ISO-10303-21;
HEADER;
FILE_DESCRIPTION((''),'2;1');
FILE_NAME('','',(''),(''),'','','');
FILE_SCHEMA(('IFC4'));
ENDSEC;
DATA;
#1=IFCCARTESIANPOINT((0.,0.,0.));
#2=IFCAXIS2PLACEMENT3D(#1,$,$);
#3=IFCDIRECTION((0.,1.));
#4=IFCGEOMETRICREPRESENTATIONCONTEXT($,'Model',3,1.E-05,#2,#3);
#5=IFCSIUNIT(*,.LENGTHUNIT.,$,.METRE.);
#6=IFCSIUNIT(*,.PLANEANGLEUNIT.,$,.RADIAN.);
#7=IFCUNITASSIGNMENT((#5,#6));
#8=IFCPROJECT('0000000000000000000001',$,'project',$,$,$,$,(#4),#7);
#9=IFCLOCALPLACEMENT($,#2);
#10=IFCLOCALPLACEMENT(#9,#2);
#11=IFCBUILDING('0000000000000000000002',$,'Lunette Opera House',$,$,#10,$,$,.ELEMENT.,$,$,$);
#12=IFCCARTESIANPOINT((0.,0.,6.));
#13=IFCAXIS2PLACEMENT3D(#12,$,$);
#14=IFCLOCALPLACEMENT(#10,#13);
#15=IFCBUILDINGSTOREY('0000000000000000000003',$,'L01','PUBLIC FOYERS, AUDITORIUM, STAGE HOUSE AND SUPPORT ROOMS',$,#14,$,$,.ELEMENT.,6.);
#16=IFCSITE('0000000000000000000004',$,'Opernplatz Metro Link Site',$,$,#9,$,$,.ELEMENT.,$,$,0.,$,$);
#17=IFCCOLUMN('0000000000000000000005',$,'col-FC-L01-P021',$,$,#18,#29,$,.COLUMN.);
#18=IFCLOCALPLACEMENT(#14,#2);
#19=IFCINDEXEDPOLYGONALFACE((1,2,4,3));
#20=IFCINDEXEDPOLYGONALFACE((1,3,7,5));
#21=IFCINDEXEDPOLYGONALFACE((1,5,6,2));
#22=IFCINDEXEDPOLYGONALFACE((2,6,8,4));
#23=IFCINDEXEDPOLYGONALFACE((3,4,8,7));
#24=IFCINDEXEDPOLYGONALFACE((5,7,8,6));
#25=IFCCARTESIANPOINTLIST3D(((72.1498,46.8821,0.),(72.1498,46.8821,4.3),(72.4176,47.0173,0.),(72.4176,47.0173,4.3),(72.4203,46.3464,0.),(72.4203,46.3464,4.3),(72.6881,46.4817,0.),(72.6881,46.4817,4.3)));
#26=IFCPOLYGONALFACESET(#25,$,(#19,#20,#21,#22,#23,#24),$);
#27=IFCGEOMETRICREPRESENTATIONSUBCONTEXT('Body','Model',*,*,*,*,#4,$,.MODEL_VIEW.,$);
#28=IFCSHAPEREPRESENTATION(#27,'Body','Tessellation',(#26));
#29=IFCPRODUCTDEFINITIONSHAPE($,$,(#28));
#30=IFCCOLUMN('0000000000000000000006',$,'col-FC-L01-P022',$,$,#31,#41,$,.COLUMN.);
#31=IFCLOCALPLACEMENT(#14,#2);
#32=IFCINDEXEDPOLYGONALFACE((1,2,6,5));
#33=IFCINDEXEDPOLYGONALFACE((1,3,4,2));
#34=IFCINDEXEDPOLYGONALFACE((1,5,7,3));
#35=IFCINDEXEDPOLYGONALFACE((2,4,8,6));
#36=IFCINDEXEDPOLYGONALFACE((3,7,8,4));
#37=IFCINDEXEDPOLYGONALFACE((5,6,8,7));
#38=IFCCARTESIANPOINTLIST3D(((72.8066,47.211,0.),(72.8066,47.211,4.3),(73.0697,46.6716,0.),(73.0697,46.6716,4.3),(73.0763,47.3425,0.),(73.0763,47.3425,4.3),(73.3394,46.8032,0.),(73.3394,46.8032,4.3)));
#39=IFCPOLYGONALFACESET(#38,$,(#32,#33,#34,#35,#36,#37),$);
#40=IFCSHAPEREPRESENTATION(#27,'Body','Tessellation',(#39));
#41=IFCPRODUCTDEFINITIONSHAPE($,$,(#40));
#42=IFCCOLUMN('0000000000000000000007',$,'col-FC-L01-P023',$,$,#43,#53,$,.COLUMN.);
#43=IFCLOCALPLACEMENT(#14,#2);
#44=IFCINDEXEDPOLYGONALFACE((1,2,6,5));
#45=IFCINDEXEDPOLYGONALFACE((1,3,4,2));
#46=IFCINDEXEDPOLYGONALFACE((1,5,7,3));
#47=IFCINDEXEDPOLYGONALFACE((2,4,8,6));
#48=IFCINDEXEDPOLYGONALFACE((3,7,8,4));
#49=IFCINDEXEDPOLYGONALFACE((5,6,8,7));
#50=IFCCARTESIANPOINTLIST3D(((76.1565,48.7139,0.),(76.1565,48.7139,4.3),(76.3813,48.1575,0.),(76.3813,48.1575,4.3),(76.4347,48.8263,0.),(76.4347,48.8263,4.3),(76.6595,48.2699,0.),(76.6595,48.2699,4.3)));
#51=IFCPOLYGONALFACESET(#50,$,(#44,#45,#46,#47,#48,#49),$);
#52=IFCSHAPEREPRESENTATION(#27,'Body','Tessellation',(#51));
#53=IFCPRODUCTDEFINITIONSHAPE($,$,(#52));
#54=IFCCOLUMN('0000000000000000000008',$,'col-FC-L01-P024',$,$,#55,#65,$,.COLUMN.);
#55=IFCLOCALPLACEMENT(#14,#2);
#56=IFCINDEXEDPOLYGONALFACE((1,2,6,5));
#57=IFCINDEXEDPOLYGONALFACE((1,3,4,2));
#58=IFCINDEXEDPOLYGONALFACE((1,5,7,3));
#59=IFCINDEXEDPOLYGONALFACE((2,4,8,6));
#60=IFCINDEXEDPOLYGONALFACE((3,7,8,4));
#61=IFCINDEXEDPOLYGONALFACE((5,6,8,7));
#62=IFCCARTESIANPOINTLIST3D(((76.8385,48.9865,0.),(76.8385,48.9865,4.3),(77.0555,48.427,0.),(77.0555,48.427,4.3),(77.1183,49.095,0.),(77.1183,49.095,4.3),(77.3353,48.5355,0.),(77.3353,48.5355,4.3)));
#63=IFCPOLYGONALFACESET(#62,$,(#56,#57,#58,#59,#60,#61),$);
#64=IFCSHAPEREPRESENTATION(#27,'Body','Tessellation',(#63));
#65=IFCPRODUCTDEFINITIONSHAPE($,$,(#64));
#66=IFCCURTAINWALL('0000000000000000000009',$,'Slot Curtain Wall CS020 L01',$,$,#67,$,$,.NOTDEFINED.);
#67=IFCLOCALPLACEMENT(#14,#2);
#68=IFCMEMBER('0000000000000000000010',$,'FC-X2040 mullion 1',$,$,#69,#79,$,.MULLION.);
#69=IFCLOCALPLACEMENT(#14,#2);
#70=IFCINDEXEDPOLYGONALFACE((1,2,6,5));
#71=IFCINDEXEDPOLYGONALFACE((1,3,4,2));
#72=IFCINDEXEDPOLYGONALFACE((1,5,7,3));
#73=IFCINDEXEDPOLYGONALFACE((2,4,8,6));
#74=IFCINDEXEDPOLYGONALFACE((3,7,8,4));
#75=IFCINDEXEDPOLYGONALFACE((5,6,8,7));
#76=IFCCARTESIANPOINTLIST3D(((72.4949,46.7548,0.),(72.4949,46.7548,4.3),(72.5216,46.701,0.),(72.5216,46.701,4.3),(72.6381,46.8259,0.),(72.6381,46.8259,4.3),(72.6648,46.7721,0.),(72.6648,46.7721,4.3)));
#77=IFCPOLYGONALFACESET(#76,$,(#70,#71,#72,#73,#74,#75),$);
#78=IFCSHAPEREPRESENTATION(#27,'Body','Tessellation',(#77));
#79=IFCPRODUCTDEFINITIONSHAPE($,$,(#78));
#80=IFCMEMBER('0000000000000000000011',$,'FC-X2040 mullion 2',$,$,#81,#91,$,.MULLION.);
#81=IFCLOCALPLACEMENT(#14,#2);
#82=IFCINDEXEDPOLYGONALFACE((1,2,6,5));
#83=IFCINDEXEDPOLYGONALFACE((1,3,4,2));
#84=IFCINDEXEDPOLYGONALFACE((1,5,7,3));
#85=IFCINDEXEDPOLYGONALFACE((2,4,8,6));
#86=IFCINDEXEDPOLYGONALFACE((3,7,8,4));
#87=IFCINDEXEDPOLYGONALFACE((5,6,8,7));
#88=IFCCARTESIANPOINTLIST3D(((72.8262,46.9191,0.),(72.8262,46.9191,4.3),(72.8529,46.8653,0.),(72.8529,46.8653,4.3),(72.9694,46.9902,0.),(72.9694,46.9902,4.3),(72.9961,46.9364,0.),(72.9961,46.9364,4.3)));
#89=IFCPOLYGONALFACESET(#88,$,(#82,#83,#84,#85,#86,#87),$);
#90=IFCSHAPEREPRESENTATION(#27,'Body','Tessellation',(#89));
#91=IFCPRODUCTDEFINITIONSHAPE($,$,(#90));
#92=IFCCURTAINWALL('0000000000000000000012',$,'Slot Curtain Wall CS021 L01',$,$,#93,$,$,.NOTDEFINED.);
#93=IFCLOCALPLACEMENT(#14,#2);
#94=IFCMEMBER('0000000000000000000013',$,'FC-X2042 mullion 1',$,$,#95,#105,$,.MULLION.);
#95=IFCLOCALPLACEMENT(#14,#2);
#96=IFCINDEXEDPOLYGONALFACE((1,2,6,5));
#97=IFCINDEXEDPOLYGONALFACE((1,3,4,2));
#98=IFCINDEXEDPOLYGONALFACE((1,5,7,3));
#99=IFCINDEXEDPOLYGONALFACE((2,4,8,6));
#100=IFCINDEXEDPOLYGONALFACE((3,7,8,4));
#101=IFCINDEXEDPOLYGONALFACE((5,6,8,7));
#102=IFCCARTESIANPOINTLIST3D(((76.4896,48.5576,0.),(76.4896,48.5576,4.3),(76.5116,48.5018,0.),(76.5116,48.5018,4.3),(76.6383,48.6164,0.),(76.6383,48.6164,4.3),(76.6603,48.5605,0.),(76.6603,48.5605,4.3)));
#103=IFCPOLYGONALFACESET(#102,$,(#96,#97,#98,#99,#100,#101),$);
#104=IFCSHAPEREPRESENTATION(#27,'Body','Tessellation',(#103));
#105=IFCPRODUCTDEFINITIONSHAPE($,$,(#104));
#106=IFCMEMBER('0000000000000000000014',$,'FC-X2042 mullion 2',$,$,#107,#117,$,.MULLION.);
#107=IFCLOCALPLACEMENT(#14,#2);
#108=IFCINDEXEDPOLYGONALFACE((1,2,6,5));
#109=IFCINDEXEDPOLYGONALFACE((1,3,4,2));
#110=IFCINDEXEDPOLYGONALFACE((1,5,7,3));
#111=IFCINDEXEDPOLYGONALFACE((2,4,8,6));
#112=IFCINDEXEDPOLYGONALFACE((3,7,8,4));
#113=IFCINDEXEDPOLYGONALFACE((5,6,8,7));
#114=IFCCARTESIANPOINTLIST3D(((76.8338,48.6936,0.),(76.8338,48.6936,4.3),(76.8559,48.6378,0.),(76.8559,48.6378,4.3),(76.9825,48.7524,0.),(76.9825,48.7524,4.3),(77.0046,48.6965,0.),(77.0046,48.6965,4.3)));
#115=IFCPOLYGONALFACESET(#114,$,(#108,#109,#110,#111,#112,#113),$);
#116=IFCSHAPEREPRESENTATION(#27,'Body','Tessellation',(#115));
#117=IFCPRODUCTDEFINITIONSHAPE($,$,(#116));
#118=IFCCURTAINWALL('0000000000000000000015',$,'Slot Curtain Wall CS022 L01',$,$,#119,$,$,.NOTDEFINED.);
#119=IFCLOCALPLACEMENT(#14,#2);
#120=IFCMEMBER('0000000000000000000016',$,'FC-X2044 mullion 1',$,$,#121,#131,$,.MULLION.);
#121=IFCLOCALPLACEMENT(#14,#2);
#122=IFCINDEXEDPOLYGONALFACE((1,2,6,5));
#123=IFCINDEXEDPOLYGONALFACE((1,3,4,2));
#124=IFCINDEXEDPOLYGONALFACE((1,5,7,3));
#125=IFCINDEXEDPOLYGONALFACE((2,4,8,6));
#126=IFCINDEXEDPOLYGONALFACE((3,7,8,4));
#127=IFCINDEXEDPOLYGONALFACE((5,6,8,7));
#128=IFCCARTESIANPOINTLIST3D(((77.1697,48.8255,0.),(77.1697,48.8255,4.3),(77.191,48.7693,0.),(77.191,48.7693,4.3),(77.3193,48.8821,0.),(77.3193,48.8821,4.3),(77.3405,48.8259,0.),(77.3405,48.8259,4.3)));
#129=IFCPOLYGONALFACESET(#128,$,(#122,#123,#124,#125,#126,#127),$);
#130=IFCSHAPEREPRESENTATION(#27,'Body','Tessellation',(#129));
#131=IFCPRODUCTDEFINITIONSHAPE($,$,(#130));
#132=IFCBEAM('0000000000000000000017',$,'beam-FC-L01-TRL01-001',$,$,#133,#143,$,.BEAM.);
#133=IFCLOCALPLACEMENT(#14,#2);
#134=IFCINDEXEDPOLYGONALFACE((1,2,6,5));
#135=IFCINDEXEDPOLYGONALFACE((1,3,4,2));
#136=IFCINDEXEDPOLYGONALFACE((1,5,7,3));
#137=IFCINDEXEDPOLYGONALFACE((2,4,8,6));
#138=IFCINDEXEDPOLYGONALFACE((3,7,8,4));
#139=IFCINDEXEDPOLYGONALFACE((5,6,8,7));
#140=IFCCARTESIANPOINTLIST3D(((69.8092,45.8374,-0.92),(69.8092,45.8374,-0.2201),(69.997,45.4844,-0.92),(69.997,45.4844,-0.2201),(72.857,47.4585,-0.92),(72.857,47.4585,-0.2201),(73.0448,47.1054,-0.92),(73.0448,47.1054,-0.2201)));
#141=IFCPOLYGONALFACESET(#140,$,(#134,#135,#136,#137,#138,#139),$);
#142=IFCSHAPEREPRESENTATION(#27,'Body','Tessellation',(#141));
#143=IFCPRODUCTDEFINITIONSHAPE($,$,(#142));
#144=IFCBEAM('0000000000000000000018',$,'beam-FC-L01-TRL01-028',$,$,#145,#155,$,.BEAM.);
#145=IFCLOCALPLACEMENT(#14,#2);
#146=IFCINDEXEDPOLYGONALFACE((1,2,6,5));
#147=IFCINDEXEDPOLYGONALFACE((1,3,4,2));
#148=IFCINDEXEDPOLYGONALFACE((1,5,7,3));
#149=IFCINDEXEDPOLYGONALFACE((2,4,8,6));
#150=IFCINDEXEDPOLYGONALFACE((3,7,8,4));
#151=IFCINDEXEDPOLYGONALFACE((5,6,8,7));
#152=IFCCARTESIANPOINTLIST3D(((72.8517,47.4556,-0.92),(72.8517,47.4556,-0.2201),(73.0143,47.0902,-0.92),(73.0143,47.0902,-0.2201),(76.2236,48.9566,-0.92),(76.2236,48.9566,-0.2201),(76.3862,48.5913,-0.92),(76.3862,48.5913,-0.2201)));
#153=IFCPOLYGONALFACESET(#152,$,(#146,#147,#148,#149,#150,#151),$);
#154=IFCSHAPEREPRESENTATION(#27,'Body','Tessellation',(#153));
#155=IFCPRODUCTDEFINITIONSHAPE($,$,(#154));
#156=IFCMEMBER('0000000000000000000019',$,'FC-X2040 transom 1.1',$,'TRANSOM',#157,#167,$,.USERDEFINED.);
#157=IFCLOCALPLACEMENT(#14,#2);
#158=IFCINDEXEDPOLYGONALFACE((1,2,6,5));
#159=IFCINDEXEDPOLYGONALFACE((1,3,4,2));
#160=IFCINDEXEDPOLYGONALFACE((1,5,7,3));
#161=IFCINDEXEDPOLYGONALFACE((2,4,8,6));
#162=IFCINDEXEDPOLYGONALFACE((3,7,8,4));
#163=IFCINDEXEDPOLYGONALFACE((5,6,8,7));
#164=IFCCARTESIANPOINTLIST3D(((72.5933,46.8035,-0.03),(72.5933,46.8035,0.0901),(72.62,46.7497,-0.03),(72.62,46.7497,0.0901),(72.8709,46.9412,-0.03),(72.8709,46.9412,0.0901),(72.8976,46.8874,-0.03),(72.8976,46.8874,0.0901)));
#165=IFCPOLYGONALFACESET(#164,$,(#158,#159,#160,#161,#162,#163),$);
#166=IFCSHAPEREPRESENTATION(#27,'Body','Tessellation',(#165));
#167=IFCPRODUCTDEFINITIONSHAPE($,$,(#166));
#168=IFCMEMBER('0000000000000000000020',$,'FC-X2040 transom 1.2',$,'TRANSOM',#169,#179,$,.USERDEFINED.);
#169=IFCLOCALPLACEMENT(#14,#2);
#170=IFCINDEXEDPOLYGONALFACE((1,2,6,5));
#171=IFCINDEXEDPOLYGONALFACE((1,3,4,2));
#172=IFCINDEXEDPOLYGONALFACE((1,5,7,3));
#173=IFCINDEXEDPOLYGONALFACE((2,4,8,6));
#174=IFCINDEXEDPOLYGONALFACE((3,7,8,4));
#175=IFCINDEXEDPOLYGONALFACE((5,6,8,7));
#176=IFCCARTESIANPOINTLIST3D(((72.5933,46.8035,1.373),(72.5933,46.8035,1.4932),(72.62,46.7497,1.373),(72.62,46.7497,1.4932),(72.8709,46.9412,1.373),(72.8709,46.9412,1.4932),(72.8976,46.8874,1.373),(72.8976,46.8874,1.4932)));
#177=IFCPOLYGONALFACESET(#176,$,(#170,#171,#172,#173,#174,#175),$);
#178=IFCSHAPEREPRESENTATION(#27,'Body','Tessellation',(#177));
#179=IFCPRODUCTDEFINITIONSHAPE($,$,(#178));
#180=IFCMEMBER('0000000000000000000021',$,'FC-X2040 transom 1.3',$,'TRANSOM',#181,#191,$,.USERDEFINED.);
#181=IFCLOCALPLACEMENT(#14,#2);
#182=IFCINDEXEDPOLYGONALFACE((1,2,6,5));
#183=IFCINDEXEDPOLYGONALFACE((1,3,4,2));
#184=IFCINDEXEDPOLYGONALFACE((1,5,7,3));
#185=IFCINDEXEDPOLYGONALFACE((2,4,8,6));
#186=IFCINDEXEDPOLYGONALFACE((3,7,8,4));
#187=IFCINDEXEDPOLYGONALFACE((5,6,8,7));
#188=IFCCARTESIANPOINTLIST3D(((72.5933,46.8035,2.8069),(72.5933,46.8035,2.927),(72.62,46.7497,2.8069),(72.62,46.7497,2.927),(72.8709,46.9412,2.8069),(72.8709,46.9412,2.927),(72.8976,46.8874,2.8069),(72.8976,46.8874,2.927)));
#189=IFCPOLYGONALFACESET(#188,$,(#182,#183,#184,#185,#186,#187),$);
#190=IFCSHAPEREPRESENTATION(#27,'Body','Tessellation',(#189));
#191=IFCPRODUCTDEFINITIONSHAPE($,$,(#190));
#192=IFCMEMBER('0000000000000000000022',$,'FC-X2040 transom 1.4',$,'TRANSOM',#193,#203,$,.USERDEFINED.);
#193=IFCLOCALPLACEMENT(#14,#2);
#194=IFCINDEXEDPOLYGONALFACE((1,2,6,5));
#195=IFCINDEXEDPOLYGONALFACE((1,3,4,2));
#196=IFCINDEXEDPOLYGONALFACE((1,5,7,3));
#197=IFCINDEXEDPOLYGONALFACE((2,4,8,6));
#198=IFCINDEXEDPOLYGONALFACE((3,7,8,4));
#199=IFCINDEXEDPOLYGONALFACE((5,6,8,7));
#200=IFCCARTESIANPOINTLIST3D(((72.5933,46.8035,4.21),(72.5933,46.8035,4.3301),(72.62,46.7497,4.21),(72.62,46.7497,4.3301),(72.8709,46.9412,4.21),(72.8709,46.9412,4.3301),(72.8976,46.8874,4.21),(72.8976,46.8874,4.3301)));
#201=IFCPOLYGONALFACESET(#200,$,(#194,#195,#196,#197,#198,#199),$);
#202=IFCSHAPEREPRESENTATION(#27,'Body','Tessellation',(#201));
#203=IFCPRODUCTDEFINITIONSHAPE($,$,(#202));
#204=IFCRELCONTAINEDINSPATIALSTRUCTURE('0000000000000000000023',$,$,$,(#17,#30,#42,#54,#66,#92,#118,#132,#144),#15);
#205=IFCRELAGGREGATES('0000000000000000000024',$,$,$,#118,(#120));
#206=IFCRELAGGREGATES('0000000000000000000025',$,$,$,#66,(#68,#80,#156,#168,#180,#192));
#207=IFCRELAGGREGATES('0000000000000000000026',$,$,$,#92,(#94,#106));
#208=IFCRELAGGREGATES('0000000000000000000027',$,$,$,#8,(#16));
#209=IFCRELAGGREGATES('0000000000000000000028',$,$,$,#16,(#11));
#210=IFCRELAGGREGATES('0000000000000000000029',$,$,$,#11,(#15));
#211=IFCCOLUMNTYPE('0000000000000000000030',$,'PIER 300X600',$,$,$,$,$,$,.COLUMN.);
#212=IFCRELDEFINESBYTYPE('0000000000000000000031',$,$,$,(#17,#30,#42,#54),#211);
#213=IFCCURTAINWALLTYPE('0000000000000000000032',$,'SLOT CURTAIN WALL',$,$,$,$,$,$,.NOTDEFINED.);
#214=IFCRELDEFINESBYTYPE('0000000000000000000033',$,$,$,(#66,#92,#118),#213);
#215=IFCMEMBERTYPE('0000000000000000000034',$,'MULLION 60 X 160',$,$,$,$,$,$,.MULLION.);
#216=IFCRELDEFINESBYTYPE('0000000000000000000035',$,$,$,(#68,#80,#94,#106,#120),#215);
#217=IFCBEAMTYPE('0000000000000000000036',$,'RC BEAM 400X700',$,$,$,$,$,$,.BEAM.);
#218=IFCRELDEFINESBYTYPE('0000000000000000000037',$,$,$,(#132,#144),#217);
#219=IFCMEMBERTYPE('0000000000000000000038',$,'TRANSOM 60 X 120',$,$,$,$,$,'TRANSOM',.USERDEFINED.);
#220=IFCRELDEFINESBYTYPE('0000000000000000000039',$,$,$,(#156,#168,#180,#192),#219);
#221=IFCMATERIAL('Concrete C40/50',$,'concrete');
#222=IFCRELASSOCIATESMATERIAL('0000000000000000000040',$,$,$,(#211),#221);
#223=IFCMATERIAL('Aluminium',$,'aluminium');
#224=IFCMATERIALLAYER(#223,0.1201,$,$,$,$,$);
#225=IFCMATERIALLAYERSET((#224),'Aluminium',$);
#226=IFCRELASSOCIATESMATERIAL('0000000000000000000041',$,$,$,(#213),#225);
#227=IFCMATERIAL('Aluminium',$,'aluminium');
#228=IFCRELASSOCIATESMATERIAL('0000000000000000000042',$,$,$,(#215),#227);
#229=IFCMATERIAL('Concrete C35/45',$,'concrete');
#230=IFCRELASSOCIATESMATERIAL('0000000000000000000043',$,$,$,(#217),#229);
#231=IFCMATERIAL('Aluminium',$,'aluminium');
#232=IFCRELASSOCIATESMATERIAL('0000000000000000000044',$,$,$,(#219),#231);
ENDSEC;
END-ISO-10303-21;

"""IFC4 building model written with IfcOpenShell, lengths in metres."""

from ifc_helpers import new_model, si_unit, direction, frame, origin, origin_2d, place, context, subcontext, project, spatial, rectangle, extrude, material, layer, layer_set, material_profile, profile_set, type_object, element, aggregate, save


model = new_model("IFC4")

# Units and contexts
model_context = context("Model", 3, precision=1e-05, world=origin(), true_north=direction((0.0, 1.0)))
body_context = subcontext(model_context, "Body", "Model", "MODEL_VIEW")
ifc_project = project(units=[si_unit("LENGTHUNIT", "METRE"), si_unit("PLANEANGLEUNIT", "RADIAN")], contexts=[model_context])

# Site, building, storey
site_placement = place(None, origin())
site = spatial("IfcSite", under=ifc_project, at=site_placement, Name="Opernplatz Metro Link Site", CompositionType="ELEMENT", RefElevation=0.0)
building_placement = place(site_placement, origin())
building = spatial("IfcBuilding", under=site, at=building_placement, Name="Lunette Opera House", CompositionType="ELEMENT")
storey_placement = place(building_placement, frame((0.0, 0.0, 6.0)))
storey = spatial("IfcBuildingStorey", under=building, at=storey_placement, Name="L01", Description="PUBLIC FOYERS, AUDITORIUM, STAGE HOUSE AND SUPPORT ROOMS", CompositionType="ELEMENT", Elevation=6.0)

# Columns
ifc_material_1 = material(Name="Concrete C40/50", Category="concrete")
ifc_material_profile_1 = material_profile(ifc_material_1, rectangle(XDim=0.3, YDim=0.6001, at=origin_2d()), Name="PIER 300X600")
ifc_profile_set_1 = profile_set([ifc_material_profile_1], Name="Concrete C40/50")
column_type = type_object("IfcColumnType", Name="PIER 300X600", PredefinedType="COLUMN", material=ifc_profile_set_1)
for number, where, z_axis, x_axis, name in (
    (1, (72.4189, 46.6819, 0.0), (0.0, 0.0, 1.0), (0.892586, 0.450878, 0.0), "col-FC-L01-P021"),
    (2, (73.073, 47.0071, 0.0), (0.0, 0.0, 1.0), (0.898794, 0.438371, 0.0), "col-FC-L01-P022"),
    (3, (76.408, 48.4919, 0.0), (0.0, 0.0, 1.0), (0.927184, 0.374607, 0.0), "col-FC-L01-P023"),
    (4, (77.0869, 48.761, 0.0), (0.0, 0.0, 1.0), (0.932324, 0.361625, 0.0), "col-FC-L01-P024"),
):
    element("IfcColumn", number, at=place(storey_placement, frame(where, z_axis=z_axis, x_axis=x_axis)), inside=storey, type_object=column_type, Name=name, PredefinedType="COLUMN", context=body_context, shape_type="SweptSolid", body=[
        extrude(rectangle(XDim=0.3, YDim=0.6001, at=origin_2d()), origin(), (0.0, 0.0, 1.0), 4.3),
    ])

# Curtain walls, members
ifc_material_2 = material(Name="Aluminium", Category="aluminium")
ifc_layer_1 = layer(ifc_material_2, 0.1201)
ifc_layer_set_1 = layer_set([ifc_layer_1], Name="Aluminium")
curtain_wall_type = type_object("IfcCurtainWallType", Name="SLOT CURTAIN WALL", PredefinedType="NOTDEFINED", material=ifc_layer_set_1)
curtain_wall_1_placement = place(storey_placement, origin())
curtain_wall_1 = element("IfcCurtainWall", 5, at=curtain_wall_1_placement, inside=storey, type_object=curtain_wall_type, Name="Slot Curtain Wall CS020 L01", PredefinedType="NOTDEFINED")
ifc_material_3 = material(Name="Aluminium", Category="aluminium")
ifc_material_profile_2 = material_profile(ifc_material_3, rectangle(XDim=0.0601, YDim=0.1599, at=origin_2d()), Name="MULLION 60 X 160")
ifc_profile_set_2 = profile_set([ifc_material_profile_2], Name="Aluminium")
member_type_1 = type_object("IfcMemberType", Name="MULLION 60 X 160", PredefinedType="MULLION", material=ifc_profile_set_2)
member_1_placement = place(storey_placement, frame((72.5798, 46.7634, 0.0), z_axis=(0.0, 0.0, 1.0), x_axis=(-0.444419, 0.895819, 0.0)))
member_1 = element("IfcMember", 6, at=member_1_placement, type_object=member_type_1, Name="FC-X2040 mullion 1", PredefinedType="MULLION", context=body_context, shape_type="SweptSolid", body=[
    extrude(rectangle(XDim=0.0601, YDim=0.1599, at=origin_2d()), origin(), (0.0, 0.0, 1.0), 4.3),
])
member_2_placement = place(storey_placement, frame((72.9111, 46.9277, 0.0), z_axis=(0.0, 0.0, 1.0), x_axis=(-0.444419, 0.895819, 0.0)))
member_2 = element("IfcMember", 7, at=member_2_placement, type_object=member_type_1, Name="FC-X2040 mullion 2", PredefinedType="MULLION", context=body_context, shape_type="SweptSolid", body=[
    extrude(rectangle(XDim=0.0601, YDim=0.1599, at=origin_2d()), origin(), (0.0, 0.0, 1.0), 4.3),
])
curtain_wall_2_placement = place(storey_placement, origin())
curtain_wall_2 = element("IfcCurtainWall", 8, at=curtain_wall_2_placement, inside=storey, type_object=curtain_wall_type, Name="Slot Curtain Wall CS021 L01", PredefinedType="NOTDEFINED")
member_3_placement = place(storey_placement, frame((76.575, 48.5591, 0.0), z_axis=(0.0, 0.0, 1.0), x_axis=(-0.367378, 0.930072, 0.0)))
member_3 = element("IfcMember", 9, at=member_3_placement, type_object=member_type_1, Name="FC-X2042 mullion 1", PredefinedType="MULLION", context=body_context, shape_type="SweptSolid", body=[
    extrude(rectangle(XDim=0.0601, YDim=0.1599, at=origin_2d()), origin(), (0.0, 0.0, 1.0), 4.3),
])
member_4_placement = place(storey_placement, frame((76.9192, 48.6951, 0.0), z_axis=(0.0, 0.0, 1.0), x_axis=(-0.367378, 0.930072, 0.0)))
member_4 = element("IfcMember", 10, at=member_4_placement, type_object=member_type_1, Name="FC-X2042 mullion 2", PredefinedType="MULLION", context=body_context, shape_type="SweptSolid", body=[
    extrude(rectangle(XDim=0.0601, YDim=0.1599, at=origin_2d()), origin(), (0.0, 0.0, 1.0), 4.3),
])

# Curtain wall, member
curtain_wall_3_placement = place(storey_placement, origin())
curtain_wall_3 = element("IfcCurtainWall", 11, at=curtain_wall_3_placement, inside=storey, type_object=curtain_wall_type, Name="Slot Curtain Wall CS022 L01", PredefinedType="NOTDEFINED")
member_5_placement = place(storey_placement, frame((77.2551, 48.8257, 0.0), z_axis=(0.0, 0.0, 1.0), x_axis=(-0.353672, 0.935369, 0.0)))
member_5 = element("IfcMember", 12, at=member_5_placement, type_object=member_type_1, Name="FC-X2044 mullion 1", PredefinedType="MULLION", context=body_context, shape_type="SweptSolid", body=[
    extrude(rectangle(XDim=0.0601, YDim=0.1599, at=origin_2d()), origin(), (0.0, 0.0, 1.0), 4.3),
])

# Beams
ifc_material_4 = material(Name="Concrete C35/45", Category="concrete")
ifc_material_profile_3 = material_profile(ifc_material_4, rectangle(XDim=0.3999, YDim=0.7, at=origin_2d()), Name="RC BEAM 400X700")
ifc_profile_set_3 = profile_set([ifc_material_profile_3], Name="Concrete C35/45")
beam_type = type_object("IfcBeamType", Name="RC BEAM 400X700", PredefinedType="BEAM", material=ifc_profile_set_3)
beam_1_placement = place(storey_placement, frame((72.9509, 47.282, -0.5701), z_axis=(-0.882885, -0.46959, 0.0), x_axis=(0.46959, -0.882885, 0.0)))
element("IfcBeam", 13, at=beam_1_placement, inside=storey, type_object=beam_type, Name="beam-FC-L01-TRL01-001", PredefinedType="BEAM", context=body_context, shape_type="SweptSolid", body=[
    extrude(rectangle(XDim=0.3999, YDim=0.7, at=origin_2d()), origin(), (0.0, 0.0, 1.0), 3.4521),
])
beam_2_placement = place(storey_placement, frame((76.3049, 48.7739, -0.5701), z_axis=(-0.913571, -0.406678, 0.0), x_axis=(0.406678, -0.913571, 0.0)))
element("IfcBeam", 14, at=beam_2_placement, inside=storey, type_object=beam_type, Name="beam-FC-L01-TRL01-028", PredefinedType="BEAM", context=body_context, shape_type="SweptSolid", body=[
    extrude(rectangle(XDim=0.3999, YDim=0.7, at=origin_2d()), origin(), (0.0, 0.0, 1.0), 3.6909),
])

# Members
ifc_material_5 = material(Name="Aluminium", Category="aluminium")
ifc_material_profile_4 = material_profile(ifc_material_5, rectangle(XDim=0.0601, YDim=0.1201, at=origin_2d()), Name="TRANSOM 60 X 120")
ifc_profile_set_4 = profile_set([ifc_material_profile_4], Name="Aluminium")
member_type_2 = type_object("IfcMemberType", Name="TRANSOM 60 X 120", ElementType="TRANSOM", PredefinedType="USERDEFINED", material=ifc_profile_set_4)
member_6_placement = place(storey_placement, frame((72.6067, 46.7766, 0.03), z_axis=(0.895841, 0.444375, 0.0), x_axis=(-0.444375, 0.895841, 0.0)))
member_6 = element("IfcMember", 15, at=member_6_placement, type_object=member_type_2, Name="FC-X2040 transom 1.1", ObjectType="TRANSOM", PredefinedType="USERDEFINED", context=body_context, shape_type="SweptSolid", body=[
    extrude(rectangle(XDim=0.0601, YDim=0.1201, at=origin_2d()), origin(), (0.0, 0.0, 1.0), 0.3098),
])
member_7_placement = place(storey_placement, frame((72.6067, 46.7766, 1.4331), z_axis=(0.895841, 0.444375, 0.0), x_axis=(-0.444375, 0.895841, 0.0)))
member_7 = element("IfcMember", 16, at=member_7_placement, type_object=member_type_2, Name="FC-X2040 transom 1.2", ObjectType="TRANSOM", PredefinedType="USERDEFINED", context=body_context, shape_type="SweptSolid", body=[
    extrude(rectangle(XDim=0.0601, YDim=0.1201, at=origin_2d()), origin(), (0.0, 0.0, 1.0), 0.3098),
])
member_8_placement = place(storey_placement, frame((72.6067, 46.7766, 2.8669), z_axis=(0.895841, 0.444375, 0.0), x_axis=(-0.444375, 0.895841, 0.0)))
member_8 = element("IfcMember", 17, at=member_8_placement, type_object=member_type_2, Name="FC-X2040 transom 1.3", ObjectType="TRANSOM", PredefinedType="USERDEFINED", context=body_context, shape_type="SweptSolid", body=[
    extrude(rectangle(XDim=0.0601, YDim=0.1201, at=origin_2d()), origin(), (0.0, 0.0, 1.0), 0.3098),
])
member_9_placement = place(storey_placement, frame((72.6067, 46.7766, 4.27), z_axis=(0.895841, 0.444375, 0.0), x_axis=(-0.444375, 0.895841, 0.0)))
member_9 = element("IfcMember", 18, at=member_9_placement, type_object=member_type_2, Name="FC-X2040 transom 1.4", ObjectType="TRANSOM", PredefinedType="USERDEFINED", context=body_context, shape_type="SweptSolid", body=[
    extrude(rectangle(XDim=0.0601, YDim=0.1201, at=origin_2d()), origin(), (0.0, 0.0, 1.0), 0.3098),
])
aggregate(curtain_wall_3, [member_5])

aggregate(curtain_wall_1, [member_1, member_2, member_6, member_7, member_8, member_9])
aggregate(curtain_wall_2, [member_3, member_4])

save(model, "model.ifc")
